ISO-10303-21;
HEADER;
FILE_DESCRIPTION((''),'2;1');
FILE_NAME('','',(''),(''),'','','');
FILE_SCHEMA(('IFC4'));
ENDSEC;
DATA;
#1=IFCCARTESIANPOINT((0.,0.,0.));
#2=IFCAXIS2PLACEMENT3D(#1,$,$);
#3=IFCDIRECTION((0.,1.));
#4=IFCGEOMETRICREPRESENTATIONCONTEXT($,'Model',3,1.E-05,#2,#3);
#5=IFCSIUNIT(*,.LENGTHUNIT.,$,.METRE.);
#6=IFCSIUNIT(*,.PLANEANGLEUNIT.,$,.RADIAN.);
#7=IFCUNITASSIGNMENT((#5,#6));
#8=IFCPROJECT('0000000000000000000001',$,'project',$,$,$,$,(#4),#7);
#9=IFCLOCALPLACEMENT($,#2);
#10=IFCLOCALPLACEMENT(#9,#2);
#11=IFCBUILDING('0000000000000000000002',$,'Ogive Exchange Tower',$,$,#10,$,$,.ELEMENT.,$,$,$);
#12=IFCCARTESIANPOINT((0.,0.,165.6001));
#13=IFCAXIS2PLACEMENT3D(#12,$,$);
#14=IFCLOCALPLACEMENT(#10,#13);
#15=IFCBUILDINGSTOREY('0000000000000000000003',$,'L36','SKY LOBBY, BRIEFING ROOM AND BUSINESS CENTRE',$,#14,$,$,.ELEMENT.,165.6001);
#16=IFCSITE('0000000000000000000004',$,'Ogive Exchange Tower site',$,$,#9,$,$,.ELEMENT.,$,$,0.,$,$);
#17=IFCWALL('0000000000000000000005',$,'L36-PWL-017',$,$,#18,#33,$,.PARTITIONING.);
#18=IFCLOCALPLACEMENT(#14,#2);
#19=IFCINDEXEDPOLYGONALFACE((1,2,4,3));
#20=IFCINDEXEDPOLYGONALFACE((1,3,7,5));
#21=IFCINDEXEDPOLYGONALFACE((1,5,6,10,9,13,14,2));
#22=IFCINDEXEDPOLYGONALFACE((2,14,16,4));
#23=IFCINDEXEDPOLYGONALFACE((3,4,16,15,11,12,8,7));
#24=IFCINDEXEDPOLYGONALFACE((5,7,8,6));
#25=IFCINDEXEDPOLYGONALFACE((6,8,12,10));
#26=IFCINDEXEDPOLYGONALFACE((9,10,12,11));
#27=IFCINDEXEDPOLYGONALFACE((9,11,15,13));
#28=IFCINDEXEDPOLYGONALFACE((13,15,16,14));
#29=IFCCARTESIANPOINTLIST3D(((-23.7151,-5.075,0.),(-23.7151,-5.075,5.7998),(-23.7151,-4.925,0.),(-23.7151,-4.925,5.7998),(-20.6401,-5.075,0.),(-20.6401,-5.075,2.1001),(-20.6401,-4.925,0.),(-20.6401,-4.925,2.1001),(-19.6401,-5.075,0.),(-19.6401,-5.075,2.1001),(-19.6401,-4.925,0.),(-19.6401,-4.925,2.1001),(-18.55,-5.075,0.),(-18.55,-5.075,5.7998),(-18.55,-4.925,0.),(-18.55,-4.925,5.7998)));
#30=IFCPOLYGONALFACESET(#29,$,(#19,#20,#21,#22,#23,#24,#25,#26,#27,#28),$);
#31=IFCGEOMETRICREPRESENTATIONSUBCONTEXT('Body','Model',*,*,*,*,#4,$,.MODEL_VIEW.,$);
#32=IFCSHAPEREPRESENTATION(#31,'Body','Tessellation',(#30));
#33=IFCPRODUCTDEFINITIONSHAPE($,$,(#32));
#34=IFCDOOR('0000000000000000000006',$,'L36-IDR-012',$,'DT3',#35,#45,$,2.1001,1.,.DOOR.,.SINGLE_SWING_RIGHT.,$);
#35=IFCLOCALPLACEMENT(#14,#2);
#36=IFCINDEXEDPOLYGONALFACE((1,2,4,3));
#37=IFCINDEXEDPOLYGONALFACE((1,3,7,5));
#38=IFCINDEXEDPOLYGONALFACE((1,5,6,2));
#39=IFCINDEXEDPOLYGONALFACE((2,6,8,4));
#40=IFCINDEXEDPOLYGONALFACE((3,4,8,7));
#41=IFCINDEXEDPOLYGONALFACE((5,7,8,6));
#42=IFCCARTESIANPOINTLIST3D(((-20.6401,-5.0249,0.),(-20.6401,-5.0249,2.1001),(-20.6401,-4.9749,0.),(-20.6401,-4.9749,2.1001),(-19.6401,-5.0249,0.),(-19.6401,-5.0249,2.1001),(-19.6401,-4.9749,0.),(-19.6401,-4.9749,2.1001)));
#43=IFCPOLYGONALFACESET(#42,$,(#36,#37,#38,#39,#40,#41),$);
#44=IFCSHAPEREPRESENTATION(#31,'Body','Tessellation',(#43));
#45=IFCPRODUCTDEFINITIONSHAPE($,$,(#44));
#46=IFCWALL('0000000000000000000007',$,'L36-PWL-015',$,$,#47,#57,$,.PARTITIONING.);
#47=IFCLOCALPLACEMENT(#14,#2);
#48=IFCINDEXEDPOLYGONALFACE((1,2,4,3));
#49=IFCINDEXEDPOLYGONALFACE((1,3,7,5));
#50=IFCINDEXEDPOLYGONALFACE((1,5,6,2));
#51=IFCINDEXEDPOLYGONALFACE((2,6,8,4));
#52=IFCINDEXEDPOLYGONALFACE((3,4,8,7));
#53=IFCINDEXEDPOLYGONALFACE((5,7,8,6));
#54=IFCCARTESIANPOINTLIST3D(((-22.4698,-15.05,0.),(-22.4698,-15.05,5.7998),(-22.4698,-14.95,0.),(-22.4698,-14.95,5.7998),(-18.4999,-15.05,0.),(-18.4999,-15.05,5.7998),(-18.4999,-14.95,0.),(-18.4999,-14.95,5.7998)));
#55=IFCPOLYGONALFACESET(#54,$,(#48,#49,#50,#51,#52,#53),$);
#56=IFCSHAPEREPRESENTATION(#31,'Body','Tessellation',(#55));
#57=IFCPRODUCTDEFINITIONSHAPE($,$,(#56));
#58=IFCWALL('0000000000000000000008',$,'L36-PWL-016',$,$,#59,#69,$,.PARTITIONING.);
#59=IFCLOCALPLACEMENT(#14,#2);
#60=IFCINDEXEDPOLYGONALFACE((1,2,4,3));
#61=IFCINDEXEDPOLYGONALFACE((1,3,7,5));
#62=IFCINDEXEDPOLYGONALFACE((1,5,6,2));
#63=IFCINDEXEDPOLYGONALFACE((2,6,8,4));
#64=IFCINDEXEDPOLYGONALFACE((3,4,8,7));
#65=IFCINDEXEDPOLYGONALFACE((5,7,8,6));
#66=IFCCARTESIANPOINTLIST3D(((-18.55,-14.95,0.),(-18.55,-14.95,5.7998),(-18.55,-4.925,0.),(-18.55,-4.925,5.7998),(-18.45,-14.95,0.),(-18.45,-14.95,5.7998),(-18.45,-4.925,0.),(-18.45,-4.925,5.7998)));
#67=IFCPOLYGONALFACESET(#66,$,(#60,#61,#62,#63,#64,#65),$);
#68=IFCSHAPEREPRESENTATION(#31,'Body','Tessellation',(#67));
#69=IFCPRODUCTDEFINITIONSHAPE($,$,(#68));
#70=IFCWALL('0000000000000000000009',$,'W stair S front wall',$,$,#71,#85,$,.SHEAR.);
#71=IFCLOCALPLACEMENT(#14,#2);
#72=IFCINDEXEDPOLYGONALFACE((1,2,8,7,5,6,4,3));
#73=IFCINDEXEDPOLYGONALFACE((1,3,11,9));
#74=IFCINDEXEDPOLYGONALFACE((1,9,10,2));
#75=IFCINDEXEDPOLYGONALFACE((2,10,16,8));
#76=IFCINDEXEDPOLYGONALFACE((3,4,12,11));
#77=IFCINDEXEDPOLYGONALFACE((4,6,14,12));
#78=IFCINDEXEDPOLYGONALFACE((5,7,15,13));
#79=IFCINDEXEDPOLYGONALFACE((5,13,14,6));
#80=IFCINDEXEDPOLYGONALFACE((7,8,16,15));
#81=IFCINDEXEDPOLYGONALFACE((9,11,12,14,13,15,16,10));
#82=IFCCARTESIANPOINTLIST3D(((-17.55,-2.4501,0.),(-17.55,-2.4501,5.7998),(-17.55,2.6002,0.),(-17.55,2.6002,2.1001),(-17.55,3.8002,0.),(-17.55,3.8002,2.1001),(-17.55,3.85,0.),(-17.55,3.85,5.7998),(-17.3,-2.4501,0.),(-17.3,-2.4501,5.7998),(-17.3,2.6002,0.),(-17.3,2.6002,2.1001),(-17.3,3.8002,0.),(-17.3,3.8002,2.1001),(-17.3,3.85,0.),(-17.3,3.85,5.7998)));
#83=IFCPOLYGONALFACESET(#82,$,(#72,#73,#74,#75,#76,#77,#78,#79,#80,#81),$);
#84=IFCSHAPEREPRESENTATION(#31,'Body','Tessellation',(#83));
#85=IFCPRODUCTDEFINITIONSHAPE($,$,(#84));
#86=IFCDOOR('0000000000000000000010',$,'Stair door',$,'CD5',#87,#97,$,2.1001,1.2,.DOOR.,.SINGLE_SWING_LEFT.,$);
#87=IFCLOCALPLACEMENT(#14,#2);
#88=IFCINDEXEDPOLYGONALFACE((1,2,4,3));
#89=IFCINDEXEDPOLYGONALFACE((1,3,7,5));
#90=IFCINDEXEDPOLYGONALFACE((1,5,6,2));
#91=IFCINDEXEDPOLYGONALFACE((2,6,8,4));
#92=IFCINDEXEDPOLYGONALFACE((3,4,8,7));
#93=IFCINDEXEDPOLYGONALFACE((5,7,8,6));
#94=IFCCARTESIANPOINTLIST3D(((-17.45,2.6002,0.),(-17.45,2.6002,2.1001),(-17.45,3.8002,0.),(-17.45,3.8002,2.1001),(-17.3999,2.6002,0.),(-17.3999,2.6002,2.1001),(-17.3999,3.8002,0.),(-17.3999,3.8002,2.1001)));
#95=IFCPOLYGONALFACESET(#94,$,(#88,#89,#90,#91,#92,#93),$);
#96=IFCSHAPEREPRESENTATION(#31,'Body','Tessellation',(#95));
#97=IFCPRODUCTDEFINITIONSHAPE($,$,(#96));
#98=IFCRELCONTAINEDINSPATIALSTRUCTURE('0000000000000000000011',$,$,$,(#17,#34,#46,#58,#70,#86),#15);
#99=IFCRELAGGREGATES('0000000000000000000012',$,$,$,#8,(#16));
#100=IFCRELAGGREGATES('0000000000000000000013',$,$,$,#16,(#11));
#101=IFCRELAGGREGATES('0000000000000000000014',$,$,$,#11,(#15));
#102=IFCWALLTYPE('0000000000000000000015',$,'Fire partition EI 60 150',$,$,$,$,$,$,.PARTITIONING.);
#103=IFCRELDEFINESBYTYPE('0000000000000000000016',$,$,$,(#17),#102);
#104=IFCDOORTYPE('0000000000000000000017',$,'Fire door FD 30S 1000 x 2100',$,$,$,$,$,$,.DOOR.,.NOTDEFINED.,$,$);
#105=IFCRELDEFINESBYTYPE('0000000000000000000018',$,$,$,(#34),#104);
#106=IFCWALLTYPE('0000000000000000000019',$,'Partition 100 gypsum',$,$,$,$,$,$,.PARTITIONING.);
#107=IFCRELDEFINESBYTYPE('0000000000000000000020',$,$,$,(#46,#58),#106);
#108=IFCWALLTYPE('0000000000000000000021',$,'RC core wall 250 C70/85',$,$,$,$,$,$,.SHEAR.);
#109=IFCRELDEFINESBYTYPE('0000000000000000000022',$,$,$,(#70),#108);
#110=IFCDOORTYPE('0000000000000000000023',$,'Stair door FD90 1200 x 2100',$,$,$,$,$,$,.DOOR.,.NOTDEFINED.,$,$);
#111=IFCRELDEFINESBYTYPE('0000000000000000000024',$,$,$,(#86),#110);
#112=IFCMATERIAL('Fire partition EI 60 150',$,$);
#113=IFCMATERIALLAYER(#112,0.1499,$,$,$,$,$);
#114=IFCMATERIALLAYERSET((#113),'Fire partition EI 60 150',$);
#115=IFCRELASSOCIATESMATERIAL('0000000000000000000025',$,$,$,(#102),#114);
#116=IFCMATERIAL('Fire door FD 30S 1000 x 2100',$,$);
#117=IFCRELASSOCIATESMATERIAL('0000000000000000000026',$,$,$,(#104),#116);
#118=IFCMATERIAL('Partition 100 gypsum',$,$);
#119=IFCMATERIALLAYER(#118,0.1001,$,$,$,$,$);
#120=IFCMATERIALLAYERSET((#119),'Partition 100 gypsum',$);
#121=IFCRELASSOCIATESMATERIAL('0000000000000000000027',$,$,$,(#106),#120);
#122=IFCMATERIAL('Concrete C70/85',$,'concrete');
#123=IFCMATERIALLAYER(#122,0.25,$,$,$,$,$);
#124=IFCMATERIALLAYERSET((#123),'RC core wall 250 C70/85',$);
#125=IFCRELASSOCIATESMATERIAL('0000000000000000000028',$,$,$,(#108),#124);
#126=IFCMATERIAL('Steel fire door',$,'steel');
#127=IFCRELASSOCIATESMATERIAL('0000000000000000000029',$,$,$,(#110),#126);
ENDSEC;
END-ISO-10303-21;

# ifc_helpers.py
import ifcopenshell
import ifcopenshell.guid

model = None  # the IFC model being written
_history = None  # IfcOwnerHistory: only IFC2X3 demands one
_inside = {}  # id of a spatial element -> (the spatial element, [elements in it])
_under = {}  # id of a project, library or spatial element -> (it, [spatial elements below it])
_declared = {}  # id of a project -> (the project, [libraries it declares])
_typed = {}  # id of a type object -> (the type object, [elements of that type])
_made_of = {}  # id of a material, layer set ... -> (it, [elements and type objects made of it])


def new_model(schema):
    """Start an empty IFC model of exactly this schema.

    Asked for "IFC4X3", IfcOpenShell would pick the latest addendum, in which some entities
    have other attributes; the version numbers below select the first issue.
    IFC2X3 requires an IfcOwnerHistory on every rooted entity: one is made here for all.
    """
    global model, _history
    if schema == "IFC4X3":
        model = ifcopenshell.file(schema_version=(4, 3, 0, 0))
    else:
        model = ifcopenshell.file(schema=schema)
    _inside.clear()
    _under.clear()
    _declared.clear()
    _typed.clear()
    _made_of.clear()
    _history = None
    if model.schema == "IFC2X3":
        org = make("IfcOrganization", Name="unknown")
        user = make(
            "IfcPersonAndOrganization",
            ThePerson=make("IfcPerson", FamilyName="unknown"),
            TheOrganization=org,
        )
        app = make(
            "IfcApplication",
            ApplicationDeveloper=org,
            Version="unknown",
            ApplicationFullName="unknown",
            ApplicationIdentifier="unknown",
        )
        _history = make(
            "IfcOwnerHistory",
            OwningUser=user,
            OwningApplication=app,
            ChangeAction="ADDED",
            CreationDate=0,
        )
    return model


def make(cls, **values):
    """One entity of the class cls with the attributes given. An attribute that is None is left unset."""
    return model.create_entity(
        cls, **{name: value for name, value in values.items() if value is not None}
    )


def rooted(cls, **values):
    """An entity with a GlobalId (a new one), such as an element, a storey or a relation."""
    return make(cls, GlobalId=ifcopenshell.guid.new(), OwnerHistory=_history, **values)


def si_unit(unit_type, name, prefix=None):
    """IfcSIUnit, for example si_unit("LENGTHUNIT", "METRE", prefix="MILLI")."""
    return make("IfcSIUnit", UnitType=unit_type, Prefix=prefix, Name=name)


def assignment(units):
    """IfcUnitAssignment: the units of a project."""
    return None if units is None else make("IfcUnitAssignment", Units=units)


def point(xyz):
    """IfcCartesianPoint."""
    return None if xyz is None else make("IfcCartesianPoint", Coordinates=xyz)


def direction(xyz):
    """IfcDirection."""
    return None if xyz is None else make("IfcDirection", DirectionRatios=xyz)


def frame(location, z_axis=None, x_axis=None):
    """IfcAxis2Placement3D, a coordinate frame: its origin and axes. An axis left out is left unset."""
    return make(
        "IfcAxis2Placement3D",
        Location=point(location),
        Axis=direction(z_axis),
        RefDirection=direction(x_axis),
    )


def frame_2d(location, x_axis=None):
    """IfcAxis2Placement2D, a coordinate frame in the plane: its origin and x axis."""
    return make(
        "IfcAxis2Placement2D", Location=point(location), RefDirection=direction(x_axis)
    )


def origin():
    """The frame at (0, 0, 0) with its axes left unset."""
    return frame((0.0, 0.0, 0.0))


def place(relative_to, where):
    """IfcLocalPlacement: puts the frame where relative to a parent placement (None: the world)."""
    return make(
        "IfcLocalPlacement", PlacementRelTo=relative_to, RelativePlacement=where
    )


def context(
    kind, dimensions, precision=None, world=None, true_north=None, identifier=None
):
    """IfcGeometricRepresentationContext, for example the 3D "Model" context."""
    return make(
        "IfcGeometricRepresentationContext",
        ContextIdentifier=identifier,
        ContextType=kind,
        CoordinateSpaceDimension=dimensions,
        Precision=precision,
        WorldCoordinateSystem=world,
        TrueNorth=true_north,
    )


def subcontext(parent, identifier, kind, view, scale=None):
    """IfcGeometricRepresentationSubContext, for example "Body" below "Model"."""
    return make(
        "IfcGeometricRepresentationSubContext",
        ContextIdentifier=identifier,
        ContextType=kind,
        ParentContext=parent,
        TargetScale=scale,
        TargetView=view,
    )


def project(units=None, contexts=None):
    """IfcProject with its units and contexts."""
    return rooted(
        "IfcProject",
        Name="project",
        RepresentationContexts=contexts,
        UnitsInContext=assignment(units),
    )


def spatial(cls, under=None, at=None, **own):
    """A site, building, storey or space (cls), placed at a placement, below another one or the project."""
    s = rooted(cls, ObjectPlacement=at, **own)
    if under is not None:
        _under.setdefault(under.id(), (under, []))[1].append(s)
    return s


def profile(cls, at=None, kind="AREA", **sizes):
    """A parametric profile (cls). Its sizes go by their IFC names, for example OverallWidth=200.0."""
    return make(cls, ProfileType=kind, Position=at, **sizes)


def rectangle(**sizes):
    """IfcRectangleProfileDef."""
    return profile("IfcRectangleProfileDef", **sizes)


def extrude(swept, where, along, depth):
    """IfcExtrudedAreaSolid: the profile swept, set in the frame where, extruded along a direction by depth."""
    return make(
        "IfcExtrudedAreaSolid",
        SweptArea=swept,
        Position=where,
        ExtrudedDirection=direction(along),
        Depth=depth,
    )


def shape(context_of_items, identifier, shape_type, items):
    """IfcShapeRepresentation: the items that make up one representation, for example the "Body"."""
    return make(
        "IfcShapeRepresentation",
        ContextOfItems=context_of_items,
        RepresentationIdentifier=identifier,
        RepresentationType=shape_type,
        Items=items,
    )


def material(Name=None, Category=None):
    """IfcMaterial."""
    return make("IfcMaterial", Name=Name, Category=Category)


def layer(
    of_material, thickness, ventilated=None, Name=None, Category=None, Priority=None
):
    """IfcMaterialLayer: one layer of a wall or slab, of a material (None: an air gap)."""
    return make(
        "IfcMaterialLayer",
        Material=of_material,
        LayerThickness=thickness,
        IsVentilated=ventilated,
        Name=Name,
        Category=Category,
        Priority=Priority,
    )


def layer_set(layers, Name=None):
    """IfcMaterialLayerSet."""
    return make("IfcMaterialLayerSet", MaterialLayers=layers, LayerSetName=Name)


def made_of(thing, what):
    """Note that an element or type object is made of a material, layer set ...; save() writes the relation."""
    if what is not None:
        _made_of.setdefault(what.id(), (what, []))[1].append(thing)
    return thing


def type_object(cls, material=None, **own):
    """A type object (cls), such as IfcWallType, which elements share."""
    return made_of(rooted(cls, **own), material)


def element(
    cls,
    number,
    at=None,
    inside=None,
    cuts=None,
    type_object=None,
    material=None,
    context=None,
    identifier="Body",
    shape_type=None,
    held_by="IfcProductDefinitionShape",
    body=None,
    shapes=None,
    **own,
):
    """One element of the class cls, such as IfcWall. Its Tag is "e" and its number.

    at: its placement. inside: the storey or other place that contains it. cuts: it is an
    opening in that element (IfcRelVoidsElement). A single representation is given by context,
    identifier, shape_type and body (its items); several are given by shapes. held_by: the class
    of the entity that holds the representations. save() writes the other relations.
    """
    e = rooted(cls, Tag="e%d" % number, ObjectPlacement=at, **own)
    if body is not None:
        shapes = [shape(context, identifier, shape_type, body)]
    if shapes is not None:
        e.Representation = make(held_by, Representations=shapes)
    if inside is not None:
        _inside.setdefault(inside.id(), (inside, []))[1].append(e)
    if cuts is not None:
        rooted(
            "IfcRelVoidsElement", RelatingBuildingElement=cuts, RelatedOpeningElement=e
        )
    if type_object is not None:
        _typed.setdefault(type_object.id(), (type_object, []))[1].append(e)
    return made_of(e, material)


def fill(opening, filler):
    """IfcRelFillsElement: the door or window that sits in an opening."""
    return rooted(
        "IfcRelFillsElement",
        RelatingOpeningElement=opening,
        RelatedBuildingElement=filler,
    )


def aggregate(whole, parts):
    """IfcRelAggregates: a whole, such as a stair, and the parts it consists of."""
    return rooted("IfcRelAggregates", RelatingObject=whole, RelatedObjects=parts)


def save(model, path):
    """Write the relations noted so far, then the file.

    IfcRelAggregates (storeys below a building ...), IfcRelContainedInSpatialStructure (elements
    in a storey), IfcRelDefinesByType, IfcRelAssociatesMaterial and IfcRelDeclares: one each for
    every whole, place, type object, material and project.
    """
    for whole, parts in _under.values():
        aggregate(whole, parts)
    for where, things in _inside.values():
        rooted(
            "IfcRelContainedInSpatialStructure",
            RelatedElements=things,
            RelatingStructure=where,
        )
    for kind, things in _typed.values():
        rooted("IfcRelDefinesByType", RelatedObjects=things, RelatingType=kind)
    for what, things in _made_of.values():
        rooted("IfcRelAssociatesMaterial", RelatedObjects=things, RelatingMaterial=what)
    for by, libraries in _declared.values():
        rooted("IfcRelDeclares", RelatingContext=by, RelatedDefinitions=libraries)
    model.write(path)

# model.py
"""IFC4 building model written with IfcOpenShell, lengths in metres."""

from ifc_helpers import new_model, si_unit, direction, frame, frame_2d, origin, place, context, subcontext, project, spatial, rectangle, extrude, material, layer, layer_set, type_object, element, fill, save


model = new_model("IFC4")

# Units and contexts
model_context = context("Model", 3, precision=1e-05, world=origin(), true_north=direction((0.0, 1.0)))
body_context = subcontext(model_context, "Body", "Model", "MODEL_VIEW")
ifc_project = project(units=[si_unit("LENGTHUNIT", "METRE"), si_unit("PLANEANGLEUNIT", "RADIAN")], contexts=[model_context])

# Site, building, storey
site_placement = place(None, origin())
site = spatial("IfcSite", under=ifc_project, at=site_placement, Name="Ogive Exchange Tower site", CompositionType="ELEMENT", RefElevation=0.0)
building_placement = place(site_placement, origin())
building = spatial("IfcBuilding", under=site, at=building_placement, Name="Ogive Exchange Tower", CompositionType="ELEMENT")
storey_placement = place(building_placement, frame((0.0, 0.0, 165.6001)))
storey = spatial("IfcBuildingStorey", under=building, at=storey_placement, Name="L36", Description="SKY LOBBY, BRIEFING ROOM AND BUSINESS CENTRE", CompositionType="ELEMENT", Elevation=165.6001)

# Wall, opening, door
ifc_material_1 = material(Name="Fire partition EI 60 150")
ifc_layer_1 = layer(ifc_material_1, 0.1499)
ifc_layer_set_1 = layer_set([ifc_layer_1], Name="Fire partition EI 60 150")
wall_type_1 = type_object("IfcWallType", Name="Fire partition EI 60 150", PredefinedType="PARTITIONING", material=ifc_layer_set_1)
wall_1_placement = place(storey_placement, frame((-18.55, -5.0, 0.0), z_axis=(0.0, 0.0, 1.0), x_axis=(-1.0, 0.0, 0.0)))
wall_1 = element("IfcWall", 1, at=wall_1_placement, inside=storey, type_object=wall_type_1, Name="L36-PWL-017", PredefinedType="PARTITIONING", context=body_context, shape_type="SweptSolid", body=[
    extrude(rectangle(XDim=5.165, YDim=0.1499, at=frame_2d((2.5825, 0.0))), origin(), (0.0, 0.0, 1.0), 5.7998),
])
opening_1_placement = place(wall_1_placement, frame((1.0901, 0.0, 0.0)))
opening_1 = element("IfcOpeningElement", 2, at=opening_1_placement, cuts=wall_1, PredefinedType="OPENING", context=body_context, shape_type="SweptSolid", body=[
    extrude(rectangle(XDim=1.0, YDim=2.1001, at=frame_2d((0.5, 1.05))), frame((0.0, 0.085, 0.0), z_axis=(0.0, -1.0, 0.0), x_axis=(1.0, 0.0, 0.0)), (0.0, 0.0, 1.0), 0.1699),
])
ifc_material_2 = material(Name="Fire door FD 30S 1000 x 2100")
door_type_1 = type_object("IfcDoorType", Name="Fire door FD 30S 1000 x 2100", OperationType="NOTDEFINED", PredefinedType="DOOR", material=ifc_material_2)
door_1_placement = place(opening_1_placement, origin())
door_1 = element("IfcDoor", 3, at=door_1_placement, inside=storey, type_object=door_type_1, Name="L36-IDR-012", ObjectType="DT3", OperationType="SINGLE_SWING_RIGHT", OverallHeight=2.1001, OverallWidth=1.0, PredefinedType="DOOR", context=body_context, shape_type="SweptSolid", body=[
    extrude(rectangle(XDim=1.0, YDim=2.1001, at=frame_2d((0.5, 1.05))), frame((0.0, 0.0249, 0.0), z_axis=(0.0, -1.0, 0.0), x_axis=(1.0, 0.0, 0.0)), (0.0, 0.0, 1.0), 0.05),
])
fill(opening_1, door_1)

# Walls
ifc_material_3 = material(Name="Partition 100 gypsum")
ifc_layer_2 = layer(ifc_material_3, 0.1001)
ifc_layer_set_2 = layer_set([ifc_layer_2], Name="Partition 100 gypsum")
wall_type_2 = type_object("IfcWallType", Name="Partition 100 gypsum", PredefinedType="PARTITIONING", material=ifc_layer_set_2)
wall_2_placement = place(storey_placement, frame((-18.5, -15.0, 0.0), z_axis=(0.0, 0.0, 1.0), x_axis=(-1.0, 0.0, 0.0)))
element("IfcWall", 4, at=wall_2_placement, inside=storey, type_object=wall_type_2, Name="L36-PWL-015", PredefinedType="PARTITIONING", context=body_context, shape_type="SweptSolid", body=[
    extrude(rectangle(XDim=3.97, YDim=0.1001, at=frame_2d((1.9849, 0.0))), origin(), (0.0, 0.0, 1.0), 5.7998),
])
wall_3_placement = place(storey_placement, frame((-18.5, -14.95, 0.0), z_axis=(0.0, 0.0, 1.0), x_axis=(0.0, 1.0, 0.0)))
element("IfcWall", 5, at=wall_3_placement, inside=storey, type_object=wall_type_2, Name="L36-PWL-016", PredefinedType="PARTITIONING", context=body_context, shape_type="SweptSolid", body=[
    extrude(rectangle(XDim=10.0249, YDim=0.1001, at=frame_2d((5.0125, 0.0))), origin(), (0.0, 0.0, 1.0), 5.7998),
])

# Wall, opening, door
ifc_material_4 = material(Name="Concrete C70/85", Category="concrete")
ifc_layer_3 = layer(ifc_material_4, 0.25)
ifc_layer_set_3 = layer_set([ifc_layer_3], Name="RC core wall 250 C70/85")
wall_type_3 = type_object("IfcWallType", Name="RC core wall 250 C70/85", PredefinedType="SHEAR", material=ifc_layer_set_3)
wall_4_placement = place(storey_placement, frame((-17.425, -2.45, 0.0), z_axis=(0.0, 0.0, 1.0), x_axis=(0.0, 1.0, 0.0)))
wall_4 = element("IfcWall", 6, at=wall_4_placement, inside=storey, type_object=wall_type_3, Name="W stair S front wall", PredefinedType="SHEAR", context=body_context, shape_type="SweptSolid", body=[
    extrude(rectangle(XDim=6.3, YDim=0.25, at=frame_2d((3.1499, 0.0))), origin(), (0.0, 0.0, 1.0), 5.7998),
])
opening_2_placement = place(wall_4_placement, frame((5.05, 0.0, 0.0)))
opening_2 = element("IfcOpeningElement", 7, at=opening_2_placement, cuts=wall_4, PredefinedType="OPENING", context=body_context, shape_type="SweptSolid", body=[
    extrude(rectangle(XDim=1.2, YDim=2.1001, at=frame_2d((0.6001, 1.05))), frame((0.0, 0.135, 0.0), z_axis=(0.0, -1.0, 0.0), x_axis=(1.0, 0.0, 0.0)), (0.0, 0.0, 1.0), 0.27),
])
ifc_material_5 = material(Name="Steel fire door", Category="steel")
door_type_2 = type_object("IfcDoorType", Name="Stair door FD90 1200 x 2100", OperationType="NOTDEFINED", PredefinedType="DOOR", material=ifc_material_5)
door_2_placement = place(opening_2_placement, origin())
door_2 = element("IfcDoor", 8, at=door_2_placement, inside=storey, type_object=door_type_2, Name="Stair door", ObjectType="CD5", OperationType="SINGLE_SWING_LEFT", OverallHeight=2.1001, OverallWidth=1.2, PredefinedType="DOOR", context=body_context, shape_type="SweptSolid", body=[
    extrude(rectangle(XDim=1.2, YDim=2.1001, at=frame_2d((0.6001, 1.05))), frame((0.0, 0.0249, 0.0), z_axis=(0.0, -1.0, 0.0), x_axis=(1.0, 0.0, 0.0)), (0.0, 0.0, 1.0), 0.05),
])
fill(opening_2, door_2)

save(model, "model.ifc")
